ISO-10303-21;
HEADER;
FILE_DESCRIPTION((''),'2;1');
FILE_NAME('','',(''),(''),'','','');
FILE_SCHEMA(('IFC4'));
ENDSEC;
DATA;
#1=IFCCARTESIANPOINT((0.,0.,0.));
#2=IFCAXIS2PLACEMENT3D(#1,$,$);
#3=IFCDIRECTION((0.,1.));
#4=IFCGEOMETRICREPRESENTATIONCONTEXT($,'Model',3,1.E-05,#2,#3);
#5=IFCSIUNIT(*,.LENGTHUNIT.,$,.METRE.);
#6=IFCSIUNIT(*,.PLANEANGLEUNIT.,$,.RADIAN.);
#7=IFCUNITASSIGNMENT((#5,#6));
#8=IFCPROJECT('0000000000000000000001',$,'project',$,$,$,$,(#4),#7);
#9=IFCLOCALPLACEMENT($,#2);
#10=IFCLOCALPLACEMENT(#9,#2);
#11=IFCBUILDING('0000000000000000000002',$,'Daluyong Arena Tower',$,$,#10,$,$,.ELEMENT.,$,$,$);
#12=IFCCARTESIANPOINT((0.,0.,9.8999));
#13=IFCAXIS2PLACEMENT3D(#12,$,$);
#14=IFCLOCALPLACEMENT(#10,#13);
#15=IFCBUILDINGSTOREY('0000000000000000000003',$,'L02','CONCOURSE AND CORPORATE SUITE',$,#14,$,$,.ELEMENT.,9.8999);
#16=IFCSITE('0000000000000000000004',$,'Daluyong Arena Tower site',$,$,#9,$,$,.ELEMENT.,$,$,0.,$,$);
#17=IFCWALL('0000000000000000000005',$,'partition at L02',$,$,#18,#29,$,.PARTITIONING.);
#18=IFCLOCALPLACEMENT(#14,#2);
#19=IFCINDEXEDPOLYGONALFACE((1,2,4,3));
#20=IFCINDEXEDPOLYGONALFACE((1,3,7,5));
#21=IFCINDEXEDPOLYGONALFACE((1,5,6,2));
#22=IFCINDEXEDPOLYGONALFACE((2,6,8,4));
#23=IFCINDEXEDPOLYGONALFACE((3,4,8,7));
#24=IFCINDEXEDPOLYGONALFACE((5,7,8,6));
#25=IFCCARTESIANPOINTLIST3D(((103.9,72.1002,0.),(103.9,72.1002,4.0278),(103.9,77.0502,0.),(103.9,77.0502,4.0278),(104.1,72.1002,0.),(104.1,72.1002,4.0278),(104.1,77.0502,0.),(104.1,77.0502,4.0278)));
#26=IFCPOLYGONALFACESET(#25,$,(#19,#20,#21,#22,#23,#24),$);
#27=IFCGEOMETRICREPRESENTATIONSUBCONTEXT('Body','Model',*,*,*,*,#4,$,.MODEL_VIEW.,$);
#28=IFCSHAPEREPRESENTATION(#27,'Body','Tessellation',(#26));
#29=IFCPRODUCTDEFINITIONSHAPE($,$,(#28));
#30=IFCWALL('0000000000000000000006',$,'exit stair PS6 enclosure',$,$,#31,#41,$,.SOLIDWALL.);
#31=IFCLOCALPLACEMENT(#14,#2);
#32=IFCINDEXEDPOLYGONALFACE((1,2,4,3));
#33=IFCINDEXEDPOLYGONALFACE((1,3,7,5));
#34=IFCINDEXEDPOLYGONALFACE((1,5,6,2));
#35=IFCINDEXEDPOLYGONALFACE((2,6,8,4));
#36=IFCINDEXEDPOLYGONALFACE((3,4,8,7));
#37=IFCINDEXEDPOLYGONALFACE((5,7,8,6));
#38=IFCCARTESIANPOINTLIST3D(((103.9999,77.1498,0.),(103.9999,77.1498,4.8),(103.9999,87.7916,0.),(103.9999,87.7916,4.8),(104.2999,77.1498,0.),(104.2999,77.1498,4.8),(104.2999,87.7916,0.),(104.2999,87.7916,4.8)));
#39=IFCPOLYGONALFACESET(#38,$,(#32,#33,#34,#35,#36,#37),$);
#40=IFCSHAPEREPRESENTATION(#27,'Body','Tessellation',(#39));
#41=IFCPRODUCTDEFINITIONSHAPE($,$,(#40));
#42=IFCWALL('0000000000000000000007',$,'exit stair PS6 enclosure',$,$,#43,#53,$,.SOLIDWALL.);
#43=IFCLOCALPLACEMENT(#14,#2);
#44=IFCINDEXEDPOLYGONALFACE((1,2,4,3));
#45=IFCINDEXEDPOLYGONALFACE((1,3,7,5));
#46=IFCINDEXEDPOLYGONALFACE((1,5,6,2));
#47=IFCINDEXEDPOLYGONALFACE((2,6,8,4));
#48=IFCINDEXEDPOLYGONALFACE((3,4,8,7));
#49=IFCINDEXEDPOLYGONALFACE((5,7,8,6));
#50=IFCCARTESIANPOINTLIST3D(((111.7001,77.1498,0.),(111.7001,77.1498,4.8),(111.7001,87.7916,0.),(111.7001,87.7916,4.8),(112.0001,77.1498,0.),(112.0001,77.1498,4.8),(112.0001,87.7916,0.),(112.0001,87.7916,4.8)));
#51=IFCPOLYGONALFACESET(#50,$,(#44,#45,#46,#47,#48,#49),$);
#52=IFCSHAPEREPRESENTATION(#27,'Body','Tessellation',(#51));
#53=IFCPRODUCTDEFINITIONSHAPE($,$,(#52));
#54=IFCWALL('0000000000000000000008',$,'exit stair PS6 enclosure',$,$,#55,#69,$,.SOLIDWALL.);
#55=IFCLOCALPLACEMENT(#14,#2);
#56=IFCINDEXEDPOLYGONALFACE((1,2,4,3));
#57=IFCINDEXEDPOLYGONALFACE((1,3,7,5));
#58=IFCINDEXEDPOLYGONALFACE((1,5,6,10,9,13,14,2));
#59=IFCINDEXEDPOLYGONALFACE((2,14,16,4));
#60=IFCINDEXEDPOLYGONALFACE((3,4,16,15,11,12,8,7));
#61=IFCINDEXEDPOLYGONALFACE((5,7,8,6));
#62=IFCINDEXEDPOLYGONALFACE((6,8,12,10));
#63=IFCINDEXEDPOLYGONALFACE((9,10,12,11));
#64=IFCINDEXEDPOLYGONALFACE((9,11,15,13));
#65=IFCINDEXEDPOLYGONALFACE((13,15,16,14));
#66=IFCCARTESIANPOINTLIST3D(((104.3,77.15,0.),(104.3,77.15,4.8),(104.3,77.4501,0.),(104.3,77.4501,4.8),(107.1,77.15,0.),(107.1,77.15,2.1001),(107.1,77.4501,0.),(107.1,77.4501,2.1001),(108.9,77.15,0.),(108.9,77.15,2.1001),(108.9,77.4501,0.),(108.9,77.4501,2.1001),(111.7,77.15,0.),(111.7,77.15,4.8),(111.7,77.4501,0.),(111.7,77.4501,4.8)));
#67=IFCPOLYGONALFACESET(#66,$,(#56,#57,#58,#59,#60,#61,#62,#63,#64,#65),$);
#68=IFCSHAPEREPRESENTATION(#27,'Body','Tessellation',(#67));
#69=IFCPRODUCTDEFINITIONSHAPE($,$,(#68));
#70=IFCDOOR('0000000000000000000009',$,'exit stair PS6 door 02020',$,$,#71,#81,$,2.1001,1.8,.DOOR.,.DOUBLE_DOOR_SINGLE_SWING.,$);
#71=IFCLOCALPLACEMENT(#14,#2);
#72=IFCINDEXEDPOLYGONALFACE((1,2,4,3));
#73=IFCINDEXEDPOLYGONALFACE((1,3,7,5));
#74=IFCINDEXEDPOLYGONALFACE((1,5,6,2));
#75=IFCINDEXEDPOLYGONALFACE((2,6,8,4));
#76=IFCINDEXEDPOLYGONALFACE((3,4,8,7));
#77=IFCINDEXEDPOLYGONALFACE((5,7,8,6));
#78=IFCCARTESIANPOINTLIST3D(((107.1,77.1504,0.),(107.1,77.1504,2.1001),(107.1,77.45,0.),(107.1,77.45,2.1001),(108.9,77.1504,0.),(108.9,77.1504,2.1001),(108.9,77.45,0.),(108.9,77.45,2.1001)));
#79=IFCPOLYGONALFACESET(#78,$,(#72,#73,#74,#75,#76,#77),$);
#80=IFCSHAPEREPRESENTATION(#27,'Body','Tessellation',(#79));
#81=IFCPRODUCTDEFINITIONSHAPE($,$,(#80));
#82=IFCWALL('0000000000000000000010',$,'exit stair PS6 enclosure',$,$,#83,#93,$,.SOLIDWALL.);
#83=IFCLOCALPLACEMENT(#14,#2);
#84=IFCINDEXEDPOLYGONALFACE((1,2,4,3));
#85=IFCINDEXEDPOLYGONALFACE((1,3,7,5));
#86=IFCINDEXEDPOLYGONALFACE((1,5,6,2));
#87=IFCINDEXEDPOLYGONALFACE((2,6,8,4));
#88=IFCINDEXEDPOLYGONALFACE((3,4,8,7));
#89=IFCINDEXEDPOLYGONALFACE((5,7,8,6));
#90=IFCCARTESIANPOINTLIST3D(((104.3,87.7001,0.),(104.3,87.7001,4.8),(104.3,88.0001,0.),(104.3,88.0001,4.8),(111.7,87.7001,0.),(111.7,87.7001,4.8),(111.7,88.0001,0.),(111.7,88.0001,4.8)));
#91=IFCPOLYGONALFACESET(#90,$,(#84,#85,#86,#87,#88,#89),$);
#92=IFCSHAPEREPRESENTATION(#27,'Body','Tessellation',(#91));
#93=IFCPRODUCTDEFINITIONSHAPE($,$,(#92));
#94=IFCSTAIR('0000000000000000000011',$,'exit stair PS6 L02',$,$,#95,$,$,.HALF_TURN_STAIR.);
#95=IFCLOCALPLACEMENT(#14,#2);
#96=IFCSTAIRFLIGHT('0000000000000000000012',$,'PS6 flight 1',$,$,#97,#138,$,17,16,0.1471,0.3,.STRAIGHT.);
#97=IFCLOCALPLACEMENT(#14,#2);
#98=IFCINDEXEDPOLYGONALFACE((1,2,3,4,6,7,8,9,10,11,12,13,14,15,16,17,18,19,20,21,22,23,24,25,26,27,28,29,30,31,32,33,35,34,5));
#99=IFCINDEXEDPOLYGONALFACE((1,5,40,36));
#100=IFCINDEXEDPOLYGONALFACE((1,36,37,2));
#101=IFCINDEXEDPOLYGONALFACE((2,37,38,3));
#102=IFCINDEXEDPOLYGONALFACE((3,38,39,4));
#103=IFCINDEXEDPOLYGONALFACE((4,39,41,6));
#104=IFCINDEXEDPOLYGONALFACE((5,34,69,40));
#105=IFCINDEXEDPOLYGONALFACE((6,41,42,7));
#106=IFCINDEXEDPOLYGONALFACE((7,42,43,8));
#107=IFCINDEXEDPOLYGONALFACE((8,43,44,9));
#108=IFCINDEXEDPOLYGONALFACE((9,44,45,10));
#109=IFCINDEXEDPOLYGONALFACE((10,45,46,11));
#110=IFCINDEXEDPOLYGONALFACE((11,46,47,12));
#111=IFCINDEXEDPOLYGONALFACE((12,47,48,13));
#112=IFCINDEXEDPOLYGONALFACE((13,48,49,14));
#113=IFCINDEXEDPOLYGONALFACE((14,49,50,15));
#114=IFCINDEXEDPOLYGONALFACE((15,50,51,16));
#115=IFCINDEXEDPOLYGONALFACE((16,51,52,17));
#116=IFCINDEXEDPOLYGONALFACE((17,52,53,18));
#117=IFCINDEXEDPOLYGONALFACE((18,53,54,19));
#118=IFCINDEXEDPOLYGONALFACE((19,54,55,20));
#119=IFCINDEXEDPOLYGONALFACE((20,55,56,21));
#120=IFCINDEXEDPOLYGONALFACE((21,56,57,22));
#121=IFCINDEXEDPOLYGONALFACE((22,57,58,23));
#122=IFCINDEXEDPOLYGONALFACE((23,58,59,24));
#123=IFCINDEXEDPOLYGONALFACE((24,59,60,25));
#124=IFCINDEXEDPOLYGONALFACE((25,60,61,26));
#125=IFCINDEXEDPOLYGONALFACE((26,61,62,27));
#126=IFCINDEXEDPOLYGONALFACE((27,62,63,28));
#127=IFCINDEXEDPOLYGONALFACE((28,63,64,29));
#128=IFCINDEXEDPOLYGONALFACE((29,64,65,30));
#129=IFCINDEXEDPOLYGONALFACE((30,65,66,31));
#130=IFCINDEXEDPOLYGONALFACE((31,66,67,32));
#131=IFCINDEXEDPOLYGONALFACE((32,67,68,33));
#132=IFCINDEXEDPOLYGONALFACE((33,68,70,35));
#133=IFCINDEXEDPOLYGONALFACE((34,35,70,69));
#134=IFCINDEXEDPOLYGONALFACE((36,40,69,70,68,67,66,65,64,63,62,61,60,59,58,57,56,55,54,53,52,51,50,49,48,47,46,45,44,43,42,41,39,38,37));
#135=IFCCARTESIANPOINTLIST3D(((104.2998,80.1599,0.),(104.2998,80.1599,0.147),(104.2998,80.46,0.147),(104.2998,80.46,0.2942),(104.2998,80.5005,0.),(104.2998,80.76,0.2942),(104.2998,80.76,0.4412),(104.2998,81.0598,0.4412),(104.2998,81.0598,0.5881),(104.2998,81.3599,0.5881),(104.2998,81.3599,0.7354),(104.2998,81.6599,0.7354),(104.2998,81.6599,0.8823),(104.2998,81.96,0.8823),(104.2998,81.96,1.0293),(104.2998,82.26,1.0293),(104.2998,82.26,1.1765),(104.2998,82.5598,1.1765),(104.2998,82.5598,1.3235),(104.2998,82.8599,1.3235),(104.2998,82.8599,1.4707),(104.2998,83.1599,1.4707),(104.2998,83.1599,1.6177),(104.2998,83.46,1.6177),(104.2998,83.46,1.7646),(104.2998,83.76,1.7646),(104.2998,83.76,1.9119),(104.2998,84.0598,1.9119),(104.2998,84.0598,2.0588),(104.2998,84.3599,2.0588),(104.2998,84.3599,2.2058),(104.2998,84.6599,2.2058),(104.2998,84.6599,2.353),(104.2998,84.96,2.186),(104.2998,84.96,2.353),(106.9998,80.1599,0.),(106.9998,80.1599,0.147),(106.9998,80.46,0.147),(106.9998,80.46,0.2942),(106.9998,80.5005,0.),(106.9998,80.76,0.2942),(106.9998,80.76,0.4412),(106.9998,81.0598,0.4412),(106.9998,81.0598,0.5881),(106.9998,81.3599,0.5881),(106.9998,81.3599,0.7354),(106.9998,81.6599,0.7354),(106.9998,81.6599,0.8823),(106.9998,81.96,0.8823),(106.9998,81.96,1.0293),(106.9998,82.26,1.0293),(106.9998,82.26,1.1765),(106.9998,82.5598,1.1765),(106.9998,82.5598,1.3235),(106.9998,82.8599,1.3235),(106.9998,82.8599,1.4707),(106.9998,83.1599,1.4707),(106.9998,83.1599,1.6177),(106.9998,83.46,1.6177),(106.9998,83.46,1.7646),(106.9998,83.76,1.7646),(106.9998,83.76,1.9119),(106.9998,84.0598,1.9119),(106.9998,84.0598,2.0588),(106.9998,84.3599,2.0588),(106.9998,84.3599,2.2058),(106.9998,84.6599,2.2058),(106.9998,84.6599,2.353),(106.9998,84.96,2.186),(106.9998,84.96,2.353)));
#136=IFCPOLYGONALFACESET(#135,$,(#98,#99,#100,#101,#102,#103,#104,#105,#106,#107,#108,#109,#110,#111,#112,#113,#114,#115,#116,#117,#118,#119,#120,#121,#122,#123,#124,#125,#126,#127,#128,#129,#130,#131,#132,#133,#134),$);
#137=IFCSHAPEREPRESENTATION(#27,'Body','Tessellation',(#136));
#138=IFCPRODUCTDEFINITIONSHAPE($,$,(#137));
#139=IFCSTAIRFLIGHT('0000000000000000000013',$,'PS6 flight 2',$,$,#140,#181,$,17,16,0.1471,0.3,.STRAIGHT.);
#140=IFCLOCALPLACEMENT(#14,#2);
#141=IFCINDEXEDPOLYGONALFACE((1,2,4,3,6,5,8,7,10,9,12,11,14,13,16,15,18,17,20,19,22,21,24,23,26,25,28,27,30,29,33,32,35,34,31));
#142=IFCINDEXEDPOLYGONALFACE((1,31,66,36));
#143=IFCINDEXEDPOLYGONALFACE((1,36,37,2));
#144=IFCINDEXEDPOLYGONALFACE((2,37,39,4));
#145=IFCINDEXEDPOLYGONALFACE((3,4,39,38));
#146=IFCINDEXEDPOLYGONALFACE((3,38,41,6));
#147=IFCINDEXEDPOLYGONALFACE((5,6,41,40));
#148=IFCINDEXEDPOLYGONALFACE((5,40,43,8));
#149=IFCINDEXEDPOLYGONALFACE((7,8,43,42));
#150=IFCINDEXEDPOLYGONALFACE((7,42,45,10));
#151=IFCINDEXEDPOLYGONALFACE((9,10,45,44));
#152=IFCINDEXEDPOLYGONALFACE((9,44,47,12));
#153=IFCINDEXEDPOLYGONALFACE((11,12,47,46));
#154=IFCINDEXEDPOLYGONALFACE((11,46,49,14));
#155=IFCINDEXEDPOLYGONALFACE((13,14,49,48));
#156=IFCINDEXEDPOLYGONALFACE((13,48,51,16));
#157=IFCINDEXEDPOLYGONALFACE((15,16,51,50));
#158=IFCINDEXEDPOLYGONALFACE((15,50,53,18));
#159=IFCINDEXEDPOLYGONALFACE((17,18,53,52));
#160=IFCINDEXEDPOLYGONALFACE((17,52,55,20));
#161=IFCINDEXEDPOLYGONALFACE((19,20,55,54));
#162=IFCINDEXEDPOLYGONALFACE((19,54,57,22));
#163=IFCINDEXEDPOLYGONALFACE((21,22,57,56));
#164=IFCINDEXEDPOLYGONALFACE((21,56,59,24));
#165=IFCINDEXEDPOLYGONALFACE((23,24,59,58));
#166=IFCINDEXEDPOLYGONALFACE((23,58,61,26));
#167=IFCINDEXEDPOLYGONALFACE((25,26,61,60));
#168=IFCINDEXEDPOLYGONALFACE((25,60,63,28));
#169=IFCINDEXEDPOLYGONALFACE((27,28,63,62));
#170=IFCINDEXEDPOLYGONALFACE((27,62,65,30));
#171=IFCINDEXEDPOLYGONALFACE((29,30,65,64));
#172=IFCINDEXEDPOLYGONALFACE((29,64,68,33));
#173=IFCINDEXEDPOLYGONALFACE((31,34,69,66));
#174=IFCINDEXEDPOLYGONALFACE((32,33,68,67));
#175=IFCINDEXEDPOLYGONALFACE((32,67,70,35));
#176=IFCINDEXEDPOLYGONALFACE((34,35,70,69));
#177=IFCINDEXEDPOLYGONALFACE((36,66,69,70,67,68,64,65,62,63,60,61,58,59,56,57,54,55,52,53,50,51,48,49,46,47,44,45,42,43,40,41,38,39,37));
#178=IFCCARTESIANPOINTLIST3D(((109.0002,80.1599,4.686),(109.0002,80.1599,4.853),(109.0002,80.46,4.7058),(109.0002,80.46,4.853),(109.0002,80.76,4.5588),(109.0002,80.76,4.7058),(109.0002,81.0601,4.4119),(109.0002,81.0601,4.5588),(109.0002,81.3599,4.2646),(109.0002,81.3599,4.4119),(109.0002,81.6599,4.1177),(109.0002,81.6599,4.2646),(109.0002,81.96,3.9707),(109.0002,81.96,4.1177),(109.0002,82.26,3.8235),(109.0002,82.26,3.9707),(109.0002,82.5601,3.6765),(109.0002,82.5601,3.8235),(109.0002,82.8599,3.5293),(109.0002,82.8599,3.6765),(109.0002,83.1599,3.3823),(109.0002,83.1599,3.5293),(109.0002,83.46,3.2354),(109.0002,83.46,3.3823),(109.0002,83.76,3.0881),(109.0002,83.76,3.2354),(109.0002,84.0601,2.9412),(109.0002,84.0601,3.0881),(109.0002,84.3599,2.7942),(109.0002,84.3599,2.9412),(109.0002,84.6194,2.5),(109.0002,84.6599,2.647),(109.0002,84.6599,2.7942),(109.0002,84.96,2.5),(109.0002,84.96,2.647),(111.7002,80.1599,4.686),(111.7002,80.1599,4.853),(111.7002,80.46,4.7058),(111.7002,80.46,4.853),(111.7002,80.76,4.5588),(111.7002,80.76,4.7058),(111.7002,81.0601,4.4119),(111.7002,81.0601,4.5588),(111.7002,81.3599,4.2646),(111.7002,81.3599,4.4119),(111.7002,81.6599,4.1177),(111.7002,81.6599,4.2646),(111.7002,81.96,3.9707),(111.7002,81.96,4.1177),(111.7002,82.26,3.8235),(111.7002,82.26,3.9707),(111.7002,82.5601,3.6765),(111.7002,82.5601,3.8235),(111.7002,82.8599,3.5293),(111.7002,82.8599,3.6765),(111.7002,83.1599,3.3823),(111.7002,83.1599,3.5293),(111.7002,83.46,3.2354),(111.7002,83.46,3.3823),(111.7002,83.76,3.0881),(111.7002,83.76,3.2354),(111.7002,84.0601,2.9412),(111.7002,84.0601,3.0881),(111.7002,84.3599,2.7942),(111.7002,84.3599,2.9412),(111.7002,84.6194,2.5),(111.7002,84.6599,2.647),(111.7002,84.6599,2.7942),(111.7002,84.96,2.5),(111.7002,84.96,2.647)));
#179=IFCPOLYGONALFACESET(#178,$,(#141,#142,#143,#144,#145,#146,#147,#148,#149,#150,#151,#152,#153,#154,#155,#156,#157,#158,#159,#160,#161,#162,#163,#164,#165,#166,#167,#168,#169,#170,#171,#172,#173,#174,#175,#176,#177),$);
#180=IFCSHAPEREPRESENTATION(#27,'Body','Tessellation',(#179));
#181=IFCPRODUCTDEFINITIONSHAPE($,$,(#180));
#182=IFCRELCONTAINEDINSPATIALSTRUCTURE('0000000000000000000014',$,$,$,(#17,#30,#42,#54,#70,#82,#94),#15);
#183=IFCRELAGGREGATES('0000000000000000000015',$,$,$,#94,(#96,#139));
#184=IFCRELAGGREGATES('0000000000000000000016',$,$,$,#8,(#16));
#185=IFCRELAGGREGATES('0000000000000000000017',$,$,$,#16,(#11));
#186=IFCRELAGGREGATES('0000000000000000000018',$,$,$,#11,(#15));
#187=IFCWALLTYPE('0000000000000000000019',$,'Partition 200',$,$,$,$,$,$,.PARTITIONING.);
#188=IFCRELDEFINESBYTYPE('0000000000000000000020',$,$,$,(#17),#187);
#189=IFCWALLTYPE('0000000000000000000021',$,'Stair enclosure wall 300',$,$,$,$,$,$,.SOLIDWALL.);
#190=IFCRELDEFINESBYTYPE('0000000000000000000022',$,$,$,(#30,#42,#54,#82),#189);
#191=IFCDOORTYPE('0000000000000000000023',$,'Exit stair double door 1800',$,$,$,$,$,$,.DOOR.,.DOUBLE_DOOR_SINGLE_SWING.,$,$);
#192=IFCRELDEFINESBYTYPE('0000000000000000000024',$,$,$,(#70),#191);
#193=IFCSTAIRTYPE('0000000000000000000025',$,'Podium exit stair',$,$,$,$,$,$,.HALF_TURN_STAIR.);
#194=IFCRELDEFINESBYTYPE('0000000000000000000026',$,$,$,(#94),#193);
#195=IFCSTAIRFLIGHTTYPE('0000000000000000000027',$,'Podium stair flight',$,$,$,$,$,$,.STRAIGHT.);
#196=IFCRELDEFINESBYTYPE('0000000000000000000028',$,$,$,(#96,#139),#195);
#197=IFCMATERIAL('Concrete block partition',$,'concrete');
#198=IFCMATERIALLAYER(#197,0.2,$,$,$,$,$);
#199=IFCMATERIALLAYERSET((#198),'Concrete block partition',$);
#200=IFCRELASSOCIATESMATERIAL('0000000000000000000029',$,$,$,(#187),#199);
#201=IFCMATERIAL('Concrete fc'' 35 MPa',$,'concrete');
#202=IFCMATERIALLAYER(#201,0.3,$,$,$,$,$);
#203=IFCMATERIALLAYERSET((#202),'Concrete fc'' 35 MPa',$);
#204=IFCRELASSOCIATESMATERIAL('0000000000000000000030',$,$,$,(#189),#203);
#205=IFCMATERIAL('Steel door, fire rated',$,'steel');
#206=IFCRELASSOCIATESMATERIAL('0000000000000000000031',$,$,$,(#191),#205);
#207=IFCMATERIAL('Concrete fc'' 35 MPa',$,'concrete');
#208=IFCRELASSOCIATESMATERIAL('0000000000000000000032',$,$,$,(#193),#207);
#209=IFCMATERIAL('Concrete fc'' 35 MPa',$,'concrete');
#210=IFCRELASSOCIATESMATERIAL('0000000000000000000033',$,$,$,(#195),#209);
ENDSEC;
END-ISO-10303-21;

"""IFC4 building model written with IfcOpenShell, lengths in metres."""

from ifc_helpers import new_model, si_unit, direction, frame, frame_2d, origin, place, context, subcontext, project, spatial, polyline, rectangle, outline, extrude, material, layer, layer_set, type_object, element, fill, aggregate, save


model = new_model("IFC4")

# Units and contexts
model_context = context("Model", 3, precision=1e-05, world=origin(), true_north=direction((0.0, 1.0)))
body_context = subcontext(model_context, "Body", "Model", "MODEL_VIEW")
ifc_project = project(units=[si_unit("LENGTHUNIT", "METRE"), si_unit("PLANEANGLEUNIT", "RADIAN")], contexts=[model_context])

# Site, building, storey
site_placement = place(None, origin())
site = spatial("IfcSite", under=ifc_project, at=site_placement, Name="Daluyong Arena Tower site", CompositionType="ELEMENT", RefElevation=0.0)
building_placement = place(site_placement, origin())
building = spatial("IfcBuilding", under=site, at=building_placement, Name="Daluyong Arena Tower", CompositionType="ELEMENT")
storey_placement = place(building_placement, frame((0.0, 0.0, 9.8999)))
storey = spatial("IfcBuildingStorey", under=building, at=storey_placement, Name="L02", Description="CONCOURSE AND CORPORATE SUITE", CompositionType="ELEMENT", Elevation=9.8999)

# Walls
ifc_material_1 = material(Name="Concrete block partition", Category="concrete")
ifc_layer_1 = layer(ifc_material_1, 0.2)
ifc_layer_set_1 = layer_set([ifc_layer_1], Name="Concrete block partition")
wall_type_1 = type_object("IfcWallType", Name="Partition 200", PredefinedType="PARTITIONING", material=ifc_layer_set_1)
wall_1_placement = place(storey_placement, frame((104.0, 72.1001, 0.0), z_axis=(0.0, 0.0, 1.0), x_axis=(0.0, 1.0, 0.0)))
element("IfcWall", 1, at=wall_1_placement, inside=storey, type_object=wall_type_1, Name="partition at L02", PredefinedType="PARTITIONING", context=body_context, shape_type="SweptSolid", body=[
    extrude(rectangle(XDim=4.95, YDim=0.2, at=frame_2d((2.4751, 0.0))), origin(), (0.0, 0.0, 1.0), 4.0278),
])
ifc_material_2 = material(Name="Concrete fc' 35 MPa", Category="concrete")
ifc_layer_2 = layer(ifc_material_2, 0.3)
ifc_layer_set_2 = layer_set([ifc_layer_2], Name="Concrete fc' 35 MPa")
wall_type_2 = type_object("IfcWallType", Name="Stair enclosure wall 300", PredefinedType="SOLIDWALL", material=ifc_layer_set_2)
for number, where, z_axis, x_axis, name in (
    (2, (104.1499, 77.1499, 0.0), (0.0, 0.0, 1.0), (0.0, 1.0, 0.0), "exit stair PS6 enclosure"),
    (3, (111.8501, 77.1499, 0.0), (0.0, 0.0, 1.0), (0.0, 1.0, 0.0), "exit stair PS6 enclosure"),
):
    element("IfcWall", number, at=place(storey_placement, frame(where, z_axis=z_axis, x_axis=x_axis)), inside=storey, type_object=wall_type_2, Name=name, PredefinedType="SOLIDWALL", context=body_context, shape_type="SweptSolid", body=[
        extrude(rectangle(XDim=10.6418, YDim=0.3, at=frame_2d((5.3208, 0.0))), origin(), (0.0, 0.0, 1.0), 4.8),
    ])

# Wall, opening, door
wall_2_placement = place(storey_placement, frame((104.3, 77.3, 0.0), z_axis=(0.0, 0.0, 1.0), x_axis=(1.0, 0.0, 0.0)))
wall_2 = element("IfcWall", 4, at=wall_2_placement, inside=storey, type_object=wall_type_2, Name="exit stair PS6 enclosure", PredefinedType="SOLIDWALL", context=body_context, shape_type="SweptSolid", body=[
    extrude(rectangle(XDim=7.3999, YDim=0.3, at=frame_2d((3.7, 0.0))), origin(), (0.0, 0.0, 1.0), 4.8),
])
opening_placement = place(wall_2_placement, frame((2.8, 0.0, 0.0)))
opening = element("IfcOpeningElement", 5, at=opening_placement, cuts=wall_2, PredefinedType="OPENING", context=body_context, shape_type="SweptSolid", body=[
    extrude(rectangle(XDim=1.8, YDim=2.1001, at=frame_2d((0.8999, 1.05))), frame((0.0, 0.1599, 0.0), z_axis=(0.0, -1.0, 0.0), x_axis=(1.0, 0.0, 0.0)), (0.0, 0.0, 1.0), 0.3201),
])
ifc_material_3 = material(Name="Steel door, fire rated", Category="steel")
door_type = type_object("IfcDoorType", Name="Exit stair double door 1800", OperationType="DOUBLE_DOOR_SINGLE_SWING", PredefinedType="DOOR", material=ifc_material_3)
door_placement = place(opening_placement, origin())
door = element("IfcDoor", 6, at=door_placement, inside=storey, type_object=door_type, Name="exit stair PS6 door 02020", OperationType="DOUBLE_DOOR_SINGLE_SWING", OverallHeight=2.1001, OverallWidth=1.8, PredefinedType="DOOR", context=body_context, shape_type="SweptSolid", body=[
    extrude(rectangle(XDim=1.8, YDim=2.1001, at=frame_2d((0.8999, 1.05))), frame((0.0, 0.1499, 0.0), z_axis=(0.0, -1.0, 0.0), x_axis=(1.0, 0.0, 0.0)), (0.0, 0.0, 1.0), 0.2996),
])
fill(opening, door)

# Wall
wall_3_placement = place(storey_placement, frame((104.3, 87.8501, 0.0), z_axis=(0.0, 0.0, 1.0), x_axis=(1.0, 0.0, 0.0)))
element("IfcWall", 7, at=wall_3_placement, inside=storey, type_object=wall_type_2, Name="exit stair PS6 enclosure", PredefinedType="SOLIDWALL", context=body_context, shape_type="SweptSolid", body=[
    extrude(rectangle(XDim=7.3999, YDim=0.3, at=frame_2d((3.7, 0.0))), origin(), (0.0, 0.0, 1.0), 4.8),
])

# Stair, stair flights
ifc_material_4 = material(Name="Concrete fc' 35 MPa", Category="concrete")
stair_type = type_object("IfcStairType", Name="Podium exit stair", PredefinedType="HALF_TURN_STAIR", material=ifc_material_4)
stair_placement = place(storey_placement, origin())
stair = element("IfcStair", 8, at=stair_placement, inside=storey, type_object=stair_type, Name="exit stair PS6 L02", PredefinedType="HALF_TURN_STAIR")
ifc_material_5 = material(Name="Concrete fc' 35 MPa", Category="concrete")
stair_flight_type = type_object("IfcStairFlightType", Name="Podium stair flight", PredefinedType="STRAIGHT", material=ifc_material_5)
stair_flight_1_placement = place(storey_placement, frame((105.6499, 80.1599, 0.0), z_axis=(0.0, 0.0, 1.0), x_axis=(0.0, 1.0, 0.0)))
stair_flight_1 = element("IfcStairFlight", 9, at=stair_flight_1_placement, type_object=stair_flight_type, Name="PS6 flight 1", NumberOfRisers=17, NumberOfTreads=16, PredefinedType="STRAIGHT", RiserHeight=0.1471, TreadLength=0.3, context=body_context, shape_type="SweptSolid", body=[
    extrude(outline(polyline([(0.0, 0.0), (0.0, 0.147), (0.3, 0.147), (0.3, 0.2942), (0.6001, 0.2942), (0.6001, 0.4412), (0.8999, 0.4412), (0.8999, 0.5881), (1.2, 0.5881), (1.2, 0.7354), (1.5, 0.7354), (1.5, 0.8823), (1.8, 0.8823), (1.8, 1.0293), (2.1001, 1.0293), (2.1001, 1.1765), (2.3999, 1.1765), (2.3999, 1.3235), (2.7, 1.3235), (2.7, 1.4707), (3.0, 1.4707), (3.0, 1.6177), (3.3, 1.6177), (3.3, 1.7646), (3.6001, 1.7646), (3.6001, 1.9119), (3.8999, 1.9119), (3.8999, 2.0588), (4.2, 2.0588), (4.2, 2.2058), (4.5, 2.2058), (4.5, 2.353), (4.8, 2.353), (4.8, 2.5), (4.8, 2.186), (0.3406, 0.0), (0.0, 0.0)])), frame((0.0, 1.3501, 0.0), z_axis=(0.0, -1.0, 0.0), x_axis=(1.0, 0.0, 0.0)), (0.0, 0.0, 1.0), 2.7),
])
stair_flight_2_placement = place(storey_placement, frame((110.3501, 84.96, 2.5), z_axis=(0.0, 0.0, 1.0), x_axis=(0.0, -1.0, 0.0)))
stair_flight_2 = element("IfcStairFlight", 10, at=stair_flight_2_placement, type_object=stair_flight_type, Name="PS6 flight 2", NumberOfRisers=17, NumberOfTreads=16, PredefinedType="STRAIGHT", RiserHeight=0.1471, TreadLength=0.3, context=body_context, shape_type="SweptSolid", body=[
    extrude(outline(polyline([(0.0, 0.0), (0.0, 0.147), (0.3, 0.147), (0.3, 0.2942), (0.6001, 0.2942), (0.6001, 0.4412), (0.8999, 0.4412), (0.8999, 0.5881), (1.2, 0.5881), (1.2, 0.7354), (1.5, 0.7354), (1.5, 0.8823), (1.8, 0.8823), (1.8, 1.0293), (2.1001, 1.0293), (2.1001, 1.1765), (2.3999, 1.1765), (2.3999, 1.3235), (2.7, 1.3235), (2.7, 1.4707), (3.0, 1.4707), (3.0, 1.6177), (3.3, 1.6177), (3.3, 1.7646), (3.6001, 1.7646), (3.6001, 1.9119), (3.8999, 1.9119), (3.8999, 2.0588), (4.2, 2.0588), (4.2, 2.2058), (4.5, 2.2058), (4.5, 2.353), (4.8, 2.353), (4.8, 2.5), (4.8, 2.186), (0.3406, 0.0), (0.0, 0.0)])), frame((0.0, 1.3501, 0.0), z_axis=(0.0, -1.0, 0.0), x_axis=(1.0, 0.0, 0.0)), (0.0, 0.0, 1.0), 2.7),
])
aggregate(stair, [stair_flight_1, stair_flight_2])

save(model, "model.ifc")
